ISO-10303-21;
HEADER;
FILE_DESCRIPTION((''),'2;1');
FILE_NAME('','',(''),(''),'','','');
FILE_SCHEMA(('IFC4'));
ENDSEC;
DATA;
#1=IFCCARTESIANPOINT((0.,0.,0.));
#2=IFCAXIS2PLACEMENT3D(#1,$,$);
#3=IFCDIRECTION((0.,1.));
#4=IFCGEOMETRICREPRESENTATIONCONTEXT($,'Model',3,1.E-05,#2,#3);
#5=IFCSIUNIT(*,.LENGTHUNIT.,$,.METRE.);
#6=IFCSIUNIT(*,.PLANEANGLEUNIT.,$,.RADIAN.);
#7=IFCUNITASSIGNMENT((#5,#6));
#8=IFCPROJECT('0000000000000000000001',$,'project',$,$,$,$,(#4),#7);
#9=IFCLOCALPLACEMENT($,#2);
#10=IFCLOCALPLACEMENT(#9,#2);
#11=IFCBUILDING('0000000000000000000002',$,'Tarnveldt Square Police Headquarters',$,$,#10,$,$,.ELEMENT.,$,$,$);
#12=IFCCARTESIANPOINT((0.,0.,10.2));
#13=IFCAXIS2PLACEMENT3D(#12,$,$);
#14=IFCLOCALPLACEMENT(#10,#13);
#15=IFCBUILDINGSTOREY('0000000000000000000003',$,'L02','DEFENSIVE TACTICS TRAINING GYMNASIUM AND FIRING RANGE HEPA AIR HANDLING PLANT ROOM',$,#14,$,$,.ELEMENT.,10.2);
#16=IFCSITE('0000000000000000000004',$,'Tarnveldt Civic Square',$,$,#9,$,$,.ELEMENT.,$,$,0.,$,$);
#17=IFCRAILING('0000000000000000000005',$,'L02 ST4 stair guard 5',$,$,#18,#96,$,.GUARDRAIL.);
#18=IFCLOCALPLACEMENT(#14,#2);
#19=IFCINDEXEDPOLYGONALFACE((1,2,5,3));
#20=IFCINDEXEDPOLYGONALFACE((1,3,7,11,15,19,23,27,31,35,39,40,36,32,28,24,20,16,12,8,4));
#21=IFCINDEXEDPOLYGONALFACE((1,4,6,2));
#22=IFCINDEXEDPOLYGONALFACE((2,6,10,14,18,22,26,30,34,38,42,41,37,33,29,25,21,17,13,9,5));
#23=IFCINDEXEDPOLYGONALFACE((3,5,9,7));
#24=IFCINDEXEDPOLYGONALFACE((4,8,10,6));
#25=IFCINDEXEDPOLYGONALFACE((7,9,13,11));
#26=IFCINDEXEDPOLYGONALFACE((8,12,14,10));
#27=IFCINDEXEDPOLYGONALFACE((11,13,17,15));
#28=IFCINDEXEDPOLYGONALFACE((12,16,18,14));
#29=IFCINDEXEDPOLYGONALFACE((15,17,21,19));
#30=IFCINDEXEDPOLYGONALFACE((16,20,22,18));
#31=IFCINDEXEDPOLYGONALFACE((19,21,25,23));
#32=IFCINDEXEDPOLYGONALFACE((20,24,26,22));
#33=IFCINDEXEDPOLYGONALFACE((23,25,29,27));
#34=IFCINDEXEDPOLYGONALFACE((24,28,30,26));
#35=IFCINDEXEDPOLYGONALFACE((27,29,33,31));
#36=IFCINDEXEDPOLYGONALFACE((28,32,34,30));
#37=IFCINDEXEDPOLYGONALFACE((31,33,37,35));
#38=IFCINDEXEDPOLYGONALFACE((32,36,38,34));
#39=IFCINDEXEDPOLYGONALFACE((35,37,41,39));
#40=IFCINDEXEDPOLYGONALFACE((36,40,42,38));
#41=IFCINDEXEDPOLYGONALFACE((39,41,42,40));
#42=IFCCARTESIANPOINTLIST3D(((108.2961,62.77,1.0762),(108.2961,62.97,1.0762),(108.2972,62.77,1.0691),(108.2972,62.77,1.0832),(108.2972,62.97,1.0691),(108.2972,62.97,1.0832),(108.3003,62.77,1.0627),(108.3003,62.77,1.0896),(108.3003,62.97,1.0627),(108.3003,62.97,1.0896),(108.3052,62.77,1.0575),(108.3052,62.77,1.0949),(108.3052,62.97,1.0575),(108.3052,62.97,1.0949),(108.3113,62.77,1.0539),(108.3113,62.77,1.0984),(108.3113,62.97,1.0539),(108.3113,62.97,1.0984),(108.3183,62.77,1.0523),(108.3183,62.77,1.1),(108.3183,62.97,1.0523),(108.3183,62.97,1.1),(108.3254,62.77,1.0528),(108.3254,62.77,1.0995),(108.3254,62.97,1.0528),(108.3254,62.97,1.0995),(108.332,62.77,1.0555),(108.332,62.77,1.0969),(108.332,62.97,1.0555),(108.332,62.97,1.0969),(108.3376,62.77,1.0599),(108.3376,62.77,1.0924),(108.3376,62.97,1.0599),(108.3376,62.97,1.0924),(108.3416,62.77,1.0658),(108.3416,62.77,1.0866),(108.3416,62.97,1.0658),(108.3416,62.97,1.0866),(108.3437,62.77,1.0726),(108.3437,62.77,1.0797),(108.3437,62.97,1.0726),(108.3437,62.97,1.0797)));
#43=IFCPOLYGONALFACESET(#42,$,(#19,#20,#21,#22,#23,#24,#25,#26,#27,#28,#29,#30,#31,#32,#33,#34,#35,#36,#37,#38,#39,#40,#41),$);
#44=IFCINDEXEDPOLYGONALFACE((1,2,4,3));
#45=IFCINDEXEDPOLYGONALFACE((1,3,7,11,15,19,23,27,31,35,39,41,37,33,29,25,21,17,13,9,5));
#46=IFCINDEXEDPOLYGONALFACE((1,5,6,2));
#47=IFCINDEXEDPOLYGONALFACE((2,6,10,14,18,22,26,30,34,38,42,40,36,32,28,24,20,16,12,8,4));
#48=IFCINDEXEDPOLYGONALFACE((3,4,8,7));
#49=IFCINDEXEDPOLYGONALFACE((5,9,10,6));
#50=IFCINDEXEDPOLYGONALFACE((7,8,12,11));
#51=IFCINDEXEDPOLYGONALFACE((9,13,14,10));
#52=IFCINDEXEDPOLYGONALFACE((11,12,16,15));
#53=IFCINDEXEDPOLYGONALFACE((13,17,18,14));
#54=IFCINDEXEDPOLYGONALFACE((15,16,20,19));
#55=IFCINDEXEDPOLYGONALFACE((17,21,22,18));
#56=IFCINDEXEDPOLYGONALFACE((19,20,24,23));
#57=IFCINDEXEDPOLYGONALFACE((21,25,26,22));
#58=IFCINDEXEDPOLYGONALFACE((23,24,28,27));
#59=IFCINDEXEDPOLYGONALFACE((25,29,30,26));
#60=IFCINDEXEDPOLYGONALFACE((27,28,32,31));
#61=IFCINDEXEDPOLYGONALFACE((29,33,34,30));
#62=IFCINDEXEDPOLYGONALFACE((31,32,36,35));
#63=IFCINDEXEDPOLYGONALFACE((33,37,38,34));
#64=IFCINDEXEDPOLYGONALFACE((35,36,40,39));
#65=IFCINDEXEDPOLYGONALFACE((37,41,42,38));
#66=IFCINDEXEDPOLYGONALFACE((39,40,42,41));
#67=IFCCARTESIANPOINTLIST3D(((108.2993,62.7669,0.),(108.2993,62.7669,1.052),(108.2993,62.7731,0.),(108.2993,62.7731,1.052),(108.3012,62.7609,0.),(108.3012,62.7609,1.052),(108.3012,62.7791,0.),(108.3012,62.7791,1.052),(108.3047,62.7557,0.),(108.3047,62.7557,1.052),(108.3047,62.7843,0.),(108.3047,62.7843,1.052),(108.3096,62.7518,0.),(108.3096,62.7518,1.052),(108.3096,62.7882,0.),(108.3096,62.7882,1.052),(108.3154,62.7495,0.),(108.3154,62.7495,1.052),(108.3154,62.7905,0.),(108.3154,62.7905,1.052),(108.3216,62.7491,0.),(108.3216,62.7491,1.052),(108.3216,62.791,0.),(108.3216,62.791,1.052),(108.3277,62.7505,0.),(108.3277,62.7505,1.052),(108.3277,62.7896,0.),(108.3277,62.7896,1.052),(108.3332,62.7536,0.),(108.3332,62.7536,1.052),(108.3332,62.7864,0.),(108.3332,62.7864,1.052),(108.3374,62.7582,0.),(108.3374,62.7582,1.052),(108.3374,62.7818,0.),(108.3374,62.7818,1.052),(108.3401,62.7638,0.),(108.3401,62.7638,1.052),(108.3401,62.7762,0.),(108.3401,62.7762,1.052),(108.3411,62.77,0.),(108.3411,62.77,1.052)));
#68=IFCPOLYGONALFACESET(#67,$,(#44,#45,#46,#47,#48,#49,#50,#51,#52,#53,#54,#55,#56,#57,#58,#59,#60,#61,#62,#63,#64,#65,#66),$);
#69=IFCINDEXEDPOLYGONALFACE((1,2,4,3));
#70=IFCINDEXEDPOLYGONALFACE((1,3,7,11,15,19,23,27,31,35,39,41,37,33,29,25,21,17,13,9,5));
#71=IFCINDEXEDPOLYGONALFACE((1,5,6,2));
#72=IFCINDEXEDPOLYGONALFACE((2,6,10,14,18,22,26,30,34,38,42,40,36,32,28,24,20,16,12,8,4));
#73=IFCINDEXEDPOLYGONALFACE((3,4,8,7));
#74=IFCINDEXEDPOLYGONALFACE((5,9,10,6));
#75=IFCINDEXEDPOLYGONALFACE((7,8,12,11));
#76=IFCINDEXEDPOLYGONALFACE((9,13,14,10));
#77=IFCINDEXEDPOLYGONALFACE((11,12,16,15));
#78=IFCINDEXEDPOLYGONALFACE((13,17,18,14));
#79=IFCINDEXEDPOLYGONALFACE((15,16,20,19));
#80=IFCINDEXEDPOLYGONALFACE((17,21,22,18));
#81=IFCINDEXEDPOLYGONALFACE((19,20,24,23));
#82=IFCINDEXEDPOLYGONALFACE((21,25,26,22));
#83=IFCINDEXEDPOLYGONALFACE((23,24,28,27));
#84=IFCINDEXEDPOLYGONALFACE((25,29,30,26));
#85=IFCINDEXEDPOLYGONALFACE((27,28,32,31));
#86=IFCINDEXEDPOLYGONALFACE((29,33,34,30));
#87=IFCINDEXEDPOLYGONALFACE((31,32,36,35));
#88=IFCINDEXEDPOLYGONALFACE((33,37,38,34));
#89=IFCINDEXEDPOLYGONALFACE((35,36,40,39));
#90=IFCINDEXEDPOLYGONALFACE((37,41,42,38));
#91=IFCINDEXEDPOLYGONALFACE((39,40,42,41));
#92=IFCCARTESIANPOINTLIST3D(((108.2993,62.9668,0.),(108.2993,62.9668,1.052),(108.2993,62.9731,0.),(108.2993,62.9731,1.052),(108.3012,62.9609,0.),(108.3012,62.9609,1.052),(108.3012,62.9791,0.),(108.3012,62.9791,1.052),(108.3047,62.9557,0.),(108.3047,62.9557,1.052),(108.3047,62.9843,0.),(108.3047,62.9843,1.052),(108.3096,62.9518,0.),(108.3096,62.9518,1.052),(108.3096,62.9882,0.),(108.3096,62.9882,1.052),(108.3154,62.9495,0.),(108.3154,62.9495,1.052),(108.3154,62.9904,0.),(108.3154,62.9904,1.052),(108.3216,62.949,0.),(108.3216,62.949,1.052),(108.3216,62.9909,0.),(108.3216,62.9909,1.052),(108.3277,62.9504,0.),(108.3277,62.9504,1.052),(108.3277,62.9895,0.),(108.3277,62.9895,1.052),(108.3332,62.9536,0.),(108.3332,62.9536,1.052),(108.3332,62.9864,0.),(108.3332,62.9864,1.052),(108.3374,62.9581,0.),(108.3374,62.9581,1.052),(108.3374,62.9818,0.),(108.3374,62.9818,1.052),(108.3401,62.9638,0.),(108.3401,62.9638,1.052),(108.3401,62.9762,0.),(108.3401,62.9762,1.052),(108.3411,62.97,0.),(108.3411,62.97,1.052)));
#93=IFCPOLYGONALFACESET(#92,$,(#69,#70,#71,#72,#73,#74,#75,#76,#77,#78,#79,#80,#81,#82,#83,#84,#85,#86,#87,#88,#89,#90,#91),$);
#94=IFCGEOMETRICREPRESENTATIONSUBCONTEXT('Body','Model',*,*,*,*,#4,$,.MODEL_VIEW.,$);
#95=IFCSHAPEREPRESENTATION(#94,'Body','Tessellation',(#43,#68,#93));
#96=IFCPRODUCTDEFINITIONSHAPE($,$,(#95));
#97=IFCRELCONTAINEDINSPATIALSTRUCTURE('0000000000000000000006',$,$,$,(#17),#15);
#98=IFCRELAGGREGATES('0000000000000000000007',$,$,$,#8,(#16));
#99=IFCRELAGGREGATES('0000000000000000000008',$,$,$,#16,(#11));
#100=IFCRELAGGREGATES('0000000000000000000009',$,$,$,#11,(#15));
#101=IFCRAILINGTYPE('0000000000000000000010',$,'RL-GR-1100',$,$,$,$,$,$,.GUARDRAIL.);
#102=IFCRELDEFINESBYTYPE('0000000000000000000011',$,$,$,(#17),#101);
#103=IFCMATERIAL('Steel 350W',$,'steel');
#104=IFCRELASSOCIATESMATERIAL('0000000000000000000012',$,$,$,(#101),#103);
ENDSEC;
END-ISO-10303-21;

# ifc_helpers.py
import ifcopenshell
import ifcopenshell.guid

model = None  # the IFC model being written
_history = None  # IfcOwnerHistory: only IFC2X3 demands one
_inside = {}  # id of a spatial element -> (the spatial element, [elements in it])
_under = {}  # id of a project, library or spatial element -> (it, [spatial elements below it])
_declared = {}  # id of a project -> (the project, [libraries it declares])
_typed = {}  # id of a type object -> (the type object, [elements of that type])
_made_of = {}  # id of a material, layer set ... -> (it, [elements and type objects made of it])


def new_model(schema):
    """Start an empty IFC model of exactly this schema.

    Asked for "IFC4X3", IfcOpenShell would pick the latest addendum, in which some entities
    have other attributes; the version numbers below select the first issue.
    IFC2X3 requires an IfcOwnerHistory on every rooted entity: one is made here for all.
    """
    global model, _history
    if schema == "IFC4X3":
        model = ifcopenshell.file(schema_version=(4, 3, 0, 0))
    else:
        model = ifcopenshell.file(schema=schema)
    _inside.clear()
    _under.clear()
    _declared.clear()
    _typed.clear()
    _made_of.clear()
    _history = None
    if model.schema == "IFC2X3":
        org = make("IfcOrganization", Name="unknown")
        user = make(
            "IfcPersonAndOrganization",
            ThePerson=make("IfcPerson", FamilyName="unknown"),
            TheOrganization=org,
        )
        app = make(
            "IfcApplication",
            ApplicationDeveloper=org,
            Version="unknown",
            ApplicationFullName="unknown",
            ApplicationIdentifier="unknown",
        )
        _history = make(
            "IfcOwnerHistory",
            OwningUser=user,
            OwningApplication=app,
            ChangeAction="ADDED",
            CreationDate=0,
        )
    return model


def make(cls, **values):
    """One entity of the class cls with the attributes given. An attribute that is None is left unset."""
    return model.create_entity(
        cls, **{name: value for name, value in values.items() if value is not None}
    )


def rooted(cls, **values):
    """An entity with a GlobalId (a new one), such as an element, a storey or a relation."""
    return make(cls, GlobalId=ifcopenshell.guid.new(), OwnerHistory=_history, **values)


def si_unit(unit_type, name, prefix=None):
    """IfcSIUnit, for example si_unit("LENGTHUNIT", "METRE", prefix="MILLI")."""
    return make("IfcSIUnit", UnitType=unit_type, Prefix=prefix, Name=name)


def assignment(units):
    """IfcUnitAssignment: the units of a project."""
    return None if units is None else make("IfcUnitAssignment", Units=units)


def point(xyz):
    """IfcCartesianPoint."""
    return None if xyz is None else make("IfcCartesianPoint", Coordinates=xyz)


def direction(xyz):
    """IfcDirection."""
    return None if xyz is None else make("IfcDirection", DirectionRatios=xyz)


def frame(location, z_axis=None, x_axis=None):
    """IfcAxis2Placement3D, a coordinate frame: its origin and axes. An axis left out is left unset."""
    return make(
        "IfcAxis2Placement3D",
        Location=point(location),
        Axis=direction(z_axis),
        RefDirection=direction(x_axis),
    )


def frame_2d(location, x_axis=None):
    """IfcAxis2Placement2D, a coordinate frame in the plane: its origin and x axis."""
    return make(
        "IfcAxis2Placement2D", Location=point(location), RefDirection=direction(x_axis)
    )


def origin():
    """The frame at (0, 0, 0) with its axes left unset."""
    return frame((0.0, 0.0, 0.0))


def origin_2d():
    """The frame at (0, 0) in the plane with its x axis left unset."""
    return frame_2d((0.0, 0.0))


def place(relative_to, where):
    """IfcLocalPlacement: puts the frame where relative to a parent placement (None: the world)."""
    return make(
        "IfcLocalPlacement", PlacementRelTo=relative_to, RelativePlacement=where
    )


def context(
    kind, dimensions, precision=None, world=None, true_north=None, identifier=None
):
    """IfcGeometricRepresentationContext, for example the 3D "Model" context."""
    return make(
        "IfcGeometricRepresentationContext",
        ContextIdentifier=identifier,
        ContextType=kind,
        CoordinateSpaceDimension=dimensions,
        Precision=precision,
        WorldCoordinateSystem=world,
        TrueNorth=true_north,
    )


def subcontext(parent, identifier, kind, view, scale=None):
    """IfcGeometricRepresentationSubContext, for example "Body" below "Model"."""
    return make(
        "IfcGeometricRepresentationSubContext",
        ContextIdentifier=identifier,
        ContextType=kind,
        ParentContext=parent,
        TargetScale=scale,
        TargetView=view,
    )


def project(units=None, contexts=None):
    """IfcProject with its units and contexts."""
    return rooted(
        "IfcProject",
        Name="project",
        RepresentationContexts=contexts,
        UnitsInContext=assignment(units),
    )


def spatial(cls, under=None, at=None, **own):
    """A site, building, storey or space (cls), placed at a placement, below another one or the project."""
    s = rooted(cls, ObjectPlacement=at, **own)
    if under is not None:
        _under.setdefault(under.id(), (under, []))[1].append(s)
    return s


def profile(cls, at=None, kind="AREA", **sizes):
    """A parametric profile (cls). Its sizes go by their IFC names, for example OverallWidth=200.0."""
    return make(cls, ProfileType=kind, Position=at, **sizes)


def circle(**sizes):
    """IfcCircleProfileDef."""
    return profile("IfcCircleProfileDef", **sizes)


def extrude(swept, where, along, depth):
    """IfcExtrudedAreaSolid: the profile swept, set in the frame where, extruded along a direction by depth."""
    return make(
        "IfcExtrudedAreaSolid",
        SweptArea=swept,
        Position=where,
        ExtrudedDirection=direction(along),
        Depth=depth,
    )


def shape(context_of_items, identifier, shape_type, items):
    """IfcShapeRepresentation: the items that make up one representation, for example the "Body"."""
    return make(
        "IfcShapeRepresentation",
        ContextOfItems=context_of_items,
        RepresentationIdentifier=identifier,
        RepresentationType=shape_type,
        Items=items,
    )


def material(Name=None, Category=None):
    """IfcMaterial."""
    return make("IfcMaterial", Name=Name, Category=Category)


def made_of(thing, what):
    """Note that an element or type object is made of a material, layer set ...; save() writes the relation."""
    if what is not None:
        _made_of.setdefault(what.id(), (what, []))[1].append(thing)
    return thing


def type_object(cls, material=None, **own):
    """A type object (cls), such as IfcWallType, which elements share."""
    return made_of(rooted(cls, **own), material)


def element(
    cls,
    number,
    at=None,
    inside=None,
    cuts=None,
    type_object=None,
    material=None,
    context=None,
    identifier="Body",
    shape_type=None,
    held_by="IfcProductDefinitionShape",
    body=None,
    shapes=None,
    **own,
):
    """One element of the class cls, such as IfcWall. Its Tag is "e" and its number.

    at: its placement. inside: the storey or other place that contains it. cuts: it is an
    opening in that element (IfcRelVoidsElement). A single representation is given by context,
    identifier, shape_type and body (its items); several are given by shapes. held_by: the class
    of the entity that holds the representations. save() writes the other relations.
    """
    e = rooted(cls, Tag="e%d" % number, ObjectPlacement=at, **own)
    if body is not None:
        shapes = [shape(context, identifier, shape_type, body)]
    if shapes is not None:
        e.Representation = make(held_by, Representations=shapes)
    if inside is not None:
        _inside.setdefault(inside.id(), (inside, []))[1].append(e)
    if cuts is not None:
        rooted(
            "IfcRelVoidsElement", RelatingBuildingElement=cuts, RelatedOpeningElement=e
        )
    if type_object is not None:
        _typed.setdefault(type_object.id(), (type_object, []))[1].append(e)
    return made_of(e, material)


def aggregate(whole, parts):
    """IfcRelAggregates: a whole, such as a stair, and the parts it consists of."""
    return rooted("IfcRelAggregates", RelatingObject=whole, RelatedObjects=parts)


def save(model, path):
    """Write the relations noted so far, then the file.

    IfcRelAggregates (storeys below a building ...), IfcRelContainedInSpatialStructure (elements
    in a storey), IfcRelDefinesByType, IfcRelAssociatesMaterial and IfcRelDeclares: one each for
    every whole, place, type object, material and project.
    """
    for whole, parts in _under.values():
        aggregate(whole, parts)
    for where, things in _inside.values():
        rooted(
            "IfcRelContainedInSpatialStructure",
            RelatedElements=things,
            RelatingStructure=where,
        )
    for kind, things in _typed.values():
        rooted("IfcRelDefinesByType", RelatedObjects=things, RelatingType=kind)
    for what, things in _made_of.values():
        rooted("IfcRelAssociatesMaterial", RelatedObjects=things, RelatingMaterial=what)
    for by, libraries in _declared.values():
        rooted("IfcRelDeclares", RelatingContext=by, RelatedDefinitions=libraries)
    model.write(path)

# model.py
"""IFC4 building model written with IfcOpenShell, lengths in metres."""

from ifc_helpers import new_model, si_unit, direction, frame, origin, origin_2d, place, context, subcontext, project, spatial, circle, extrude, material, type_object, element, save


model = new_model("IFC4")

# Units and contexts
model_context = context("Model", 3, precision=1e-05, world=origin(), true_north=direction((0.0, 1.0)))
body_context = subcontext(model_context, "Body", "Model", "MODEL_VIEW")
ifc_project = project(units=[si_unit("LENGTHUNIT", "METRE"), si_unit("PLANEANGLEUNIT", "RADIAN")], contexts=[model_context])

# Site, building, storey
site_placement = place(None, origin())
site = spatial("IfcSite", under=ifc_project, at=site_placement, Name="Tarnveldt Civic Square", CompositionType="ELEMENT", RefElevation=0.0)
building_placement = place(site_placement, origin())
building = spatial("IfcBuilding", under=site, at=building_placement, Name="Tarnveldt Square Police Headquarters", CompositionType="ELEMENT")
storey_placement = place(building_placement, frame((0.0, 0.0, 10.2)))
storey = spatial("IfcBuildingStorey", under=building, at=storey_placement, Name="L02", Description="DEFENSIVE TACTICS TRAINING GYMNASIUM AND FIRING RANGE HEPA AIR HANDLING PLANT ROOM", CompositionType="ELEMENT", Elevation=10.2)

# Shared definitions
ifc_material_1 = material(Name="Steel 350W", Category="steel")

# Railing
railing_type_1 = type_object("IfcRailingType", Name="RL-GR-1100", PredefinedType="GUARDRAIL", material=ifc_material_1)
railing_1_placement = place(storey_placement, frame((108.3201, 62.77, 0.0)))
element("IfcRailing", 1, at=railing_1_placement, inside=storey, type_object=railing_type_1, Name="L02 ST4 stair guard 5", PredefinedType="GUARDRAIL", context=body_context, shape_type="SweptSolid", body=[
    extrude(circle(Radius=0.0239, at=origin_2d()), frame((0.0, 0.0, 1.0762), z_axis=(0.0, 1.0, 0.0), x_axis=(-1.0, 0.0, 0.0)), (0.0, 0.0, 1.0), 0.2),
    extrude(circle(Radius=0.021, at=origin_2d()), origin(), (0.0, 0.0, 1.0), 1.052),
    extrude(circle(Radius=0.021, at=origin_2d()), frame((0.0, 0.2, 0.0)), (0.0, 0.0, 1.0), 1.052),
])

save(model, "model.ifc")
